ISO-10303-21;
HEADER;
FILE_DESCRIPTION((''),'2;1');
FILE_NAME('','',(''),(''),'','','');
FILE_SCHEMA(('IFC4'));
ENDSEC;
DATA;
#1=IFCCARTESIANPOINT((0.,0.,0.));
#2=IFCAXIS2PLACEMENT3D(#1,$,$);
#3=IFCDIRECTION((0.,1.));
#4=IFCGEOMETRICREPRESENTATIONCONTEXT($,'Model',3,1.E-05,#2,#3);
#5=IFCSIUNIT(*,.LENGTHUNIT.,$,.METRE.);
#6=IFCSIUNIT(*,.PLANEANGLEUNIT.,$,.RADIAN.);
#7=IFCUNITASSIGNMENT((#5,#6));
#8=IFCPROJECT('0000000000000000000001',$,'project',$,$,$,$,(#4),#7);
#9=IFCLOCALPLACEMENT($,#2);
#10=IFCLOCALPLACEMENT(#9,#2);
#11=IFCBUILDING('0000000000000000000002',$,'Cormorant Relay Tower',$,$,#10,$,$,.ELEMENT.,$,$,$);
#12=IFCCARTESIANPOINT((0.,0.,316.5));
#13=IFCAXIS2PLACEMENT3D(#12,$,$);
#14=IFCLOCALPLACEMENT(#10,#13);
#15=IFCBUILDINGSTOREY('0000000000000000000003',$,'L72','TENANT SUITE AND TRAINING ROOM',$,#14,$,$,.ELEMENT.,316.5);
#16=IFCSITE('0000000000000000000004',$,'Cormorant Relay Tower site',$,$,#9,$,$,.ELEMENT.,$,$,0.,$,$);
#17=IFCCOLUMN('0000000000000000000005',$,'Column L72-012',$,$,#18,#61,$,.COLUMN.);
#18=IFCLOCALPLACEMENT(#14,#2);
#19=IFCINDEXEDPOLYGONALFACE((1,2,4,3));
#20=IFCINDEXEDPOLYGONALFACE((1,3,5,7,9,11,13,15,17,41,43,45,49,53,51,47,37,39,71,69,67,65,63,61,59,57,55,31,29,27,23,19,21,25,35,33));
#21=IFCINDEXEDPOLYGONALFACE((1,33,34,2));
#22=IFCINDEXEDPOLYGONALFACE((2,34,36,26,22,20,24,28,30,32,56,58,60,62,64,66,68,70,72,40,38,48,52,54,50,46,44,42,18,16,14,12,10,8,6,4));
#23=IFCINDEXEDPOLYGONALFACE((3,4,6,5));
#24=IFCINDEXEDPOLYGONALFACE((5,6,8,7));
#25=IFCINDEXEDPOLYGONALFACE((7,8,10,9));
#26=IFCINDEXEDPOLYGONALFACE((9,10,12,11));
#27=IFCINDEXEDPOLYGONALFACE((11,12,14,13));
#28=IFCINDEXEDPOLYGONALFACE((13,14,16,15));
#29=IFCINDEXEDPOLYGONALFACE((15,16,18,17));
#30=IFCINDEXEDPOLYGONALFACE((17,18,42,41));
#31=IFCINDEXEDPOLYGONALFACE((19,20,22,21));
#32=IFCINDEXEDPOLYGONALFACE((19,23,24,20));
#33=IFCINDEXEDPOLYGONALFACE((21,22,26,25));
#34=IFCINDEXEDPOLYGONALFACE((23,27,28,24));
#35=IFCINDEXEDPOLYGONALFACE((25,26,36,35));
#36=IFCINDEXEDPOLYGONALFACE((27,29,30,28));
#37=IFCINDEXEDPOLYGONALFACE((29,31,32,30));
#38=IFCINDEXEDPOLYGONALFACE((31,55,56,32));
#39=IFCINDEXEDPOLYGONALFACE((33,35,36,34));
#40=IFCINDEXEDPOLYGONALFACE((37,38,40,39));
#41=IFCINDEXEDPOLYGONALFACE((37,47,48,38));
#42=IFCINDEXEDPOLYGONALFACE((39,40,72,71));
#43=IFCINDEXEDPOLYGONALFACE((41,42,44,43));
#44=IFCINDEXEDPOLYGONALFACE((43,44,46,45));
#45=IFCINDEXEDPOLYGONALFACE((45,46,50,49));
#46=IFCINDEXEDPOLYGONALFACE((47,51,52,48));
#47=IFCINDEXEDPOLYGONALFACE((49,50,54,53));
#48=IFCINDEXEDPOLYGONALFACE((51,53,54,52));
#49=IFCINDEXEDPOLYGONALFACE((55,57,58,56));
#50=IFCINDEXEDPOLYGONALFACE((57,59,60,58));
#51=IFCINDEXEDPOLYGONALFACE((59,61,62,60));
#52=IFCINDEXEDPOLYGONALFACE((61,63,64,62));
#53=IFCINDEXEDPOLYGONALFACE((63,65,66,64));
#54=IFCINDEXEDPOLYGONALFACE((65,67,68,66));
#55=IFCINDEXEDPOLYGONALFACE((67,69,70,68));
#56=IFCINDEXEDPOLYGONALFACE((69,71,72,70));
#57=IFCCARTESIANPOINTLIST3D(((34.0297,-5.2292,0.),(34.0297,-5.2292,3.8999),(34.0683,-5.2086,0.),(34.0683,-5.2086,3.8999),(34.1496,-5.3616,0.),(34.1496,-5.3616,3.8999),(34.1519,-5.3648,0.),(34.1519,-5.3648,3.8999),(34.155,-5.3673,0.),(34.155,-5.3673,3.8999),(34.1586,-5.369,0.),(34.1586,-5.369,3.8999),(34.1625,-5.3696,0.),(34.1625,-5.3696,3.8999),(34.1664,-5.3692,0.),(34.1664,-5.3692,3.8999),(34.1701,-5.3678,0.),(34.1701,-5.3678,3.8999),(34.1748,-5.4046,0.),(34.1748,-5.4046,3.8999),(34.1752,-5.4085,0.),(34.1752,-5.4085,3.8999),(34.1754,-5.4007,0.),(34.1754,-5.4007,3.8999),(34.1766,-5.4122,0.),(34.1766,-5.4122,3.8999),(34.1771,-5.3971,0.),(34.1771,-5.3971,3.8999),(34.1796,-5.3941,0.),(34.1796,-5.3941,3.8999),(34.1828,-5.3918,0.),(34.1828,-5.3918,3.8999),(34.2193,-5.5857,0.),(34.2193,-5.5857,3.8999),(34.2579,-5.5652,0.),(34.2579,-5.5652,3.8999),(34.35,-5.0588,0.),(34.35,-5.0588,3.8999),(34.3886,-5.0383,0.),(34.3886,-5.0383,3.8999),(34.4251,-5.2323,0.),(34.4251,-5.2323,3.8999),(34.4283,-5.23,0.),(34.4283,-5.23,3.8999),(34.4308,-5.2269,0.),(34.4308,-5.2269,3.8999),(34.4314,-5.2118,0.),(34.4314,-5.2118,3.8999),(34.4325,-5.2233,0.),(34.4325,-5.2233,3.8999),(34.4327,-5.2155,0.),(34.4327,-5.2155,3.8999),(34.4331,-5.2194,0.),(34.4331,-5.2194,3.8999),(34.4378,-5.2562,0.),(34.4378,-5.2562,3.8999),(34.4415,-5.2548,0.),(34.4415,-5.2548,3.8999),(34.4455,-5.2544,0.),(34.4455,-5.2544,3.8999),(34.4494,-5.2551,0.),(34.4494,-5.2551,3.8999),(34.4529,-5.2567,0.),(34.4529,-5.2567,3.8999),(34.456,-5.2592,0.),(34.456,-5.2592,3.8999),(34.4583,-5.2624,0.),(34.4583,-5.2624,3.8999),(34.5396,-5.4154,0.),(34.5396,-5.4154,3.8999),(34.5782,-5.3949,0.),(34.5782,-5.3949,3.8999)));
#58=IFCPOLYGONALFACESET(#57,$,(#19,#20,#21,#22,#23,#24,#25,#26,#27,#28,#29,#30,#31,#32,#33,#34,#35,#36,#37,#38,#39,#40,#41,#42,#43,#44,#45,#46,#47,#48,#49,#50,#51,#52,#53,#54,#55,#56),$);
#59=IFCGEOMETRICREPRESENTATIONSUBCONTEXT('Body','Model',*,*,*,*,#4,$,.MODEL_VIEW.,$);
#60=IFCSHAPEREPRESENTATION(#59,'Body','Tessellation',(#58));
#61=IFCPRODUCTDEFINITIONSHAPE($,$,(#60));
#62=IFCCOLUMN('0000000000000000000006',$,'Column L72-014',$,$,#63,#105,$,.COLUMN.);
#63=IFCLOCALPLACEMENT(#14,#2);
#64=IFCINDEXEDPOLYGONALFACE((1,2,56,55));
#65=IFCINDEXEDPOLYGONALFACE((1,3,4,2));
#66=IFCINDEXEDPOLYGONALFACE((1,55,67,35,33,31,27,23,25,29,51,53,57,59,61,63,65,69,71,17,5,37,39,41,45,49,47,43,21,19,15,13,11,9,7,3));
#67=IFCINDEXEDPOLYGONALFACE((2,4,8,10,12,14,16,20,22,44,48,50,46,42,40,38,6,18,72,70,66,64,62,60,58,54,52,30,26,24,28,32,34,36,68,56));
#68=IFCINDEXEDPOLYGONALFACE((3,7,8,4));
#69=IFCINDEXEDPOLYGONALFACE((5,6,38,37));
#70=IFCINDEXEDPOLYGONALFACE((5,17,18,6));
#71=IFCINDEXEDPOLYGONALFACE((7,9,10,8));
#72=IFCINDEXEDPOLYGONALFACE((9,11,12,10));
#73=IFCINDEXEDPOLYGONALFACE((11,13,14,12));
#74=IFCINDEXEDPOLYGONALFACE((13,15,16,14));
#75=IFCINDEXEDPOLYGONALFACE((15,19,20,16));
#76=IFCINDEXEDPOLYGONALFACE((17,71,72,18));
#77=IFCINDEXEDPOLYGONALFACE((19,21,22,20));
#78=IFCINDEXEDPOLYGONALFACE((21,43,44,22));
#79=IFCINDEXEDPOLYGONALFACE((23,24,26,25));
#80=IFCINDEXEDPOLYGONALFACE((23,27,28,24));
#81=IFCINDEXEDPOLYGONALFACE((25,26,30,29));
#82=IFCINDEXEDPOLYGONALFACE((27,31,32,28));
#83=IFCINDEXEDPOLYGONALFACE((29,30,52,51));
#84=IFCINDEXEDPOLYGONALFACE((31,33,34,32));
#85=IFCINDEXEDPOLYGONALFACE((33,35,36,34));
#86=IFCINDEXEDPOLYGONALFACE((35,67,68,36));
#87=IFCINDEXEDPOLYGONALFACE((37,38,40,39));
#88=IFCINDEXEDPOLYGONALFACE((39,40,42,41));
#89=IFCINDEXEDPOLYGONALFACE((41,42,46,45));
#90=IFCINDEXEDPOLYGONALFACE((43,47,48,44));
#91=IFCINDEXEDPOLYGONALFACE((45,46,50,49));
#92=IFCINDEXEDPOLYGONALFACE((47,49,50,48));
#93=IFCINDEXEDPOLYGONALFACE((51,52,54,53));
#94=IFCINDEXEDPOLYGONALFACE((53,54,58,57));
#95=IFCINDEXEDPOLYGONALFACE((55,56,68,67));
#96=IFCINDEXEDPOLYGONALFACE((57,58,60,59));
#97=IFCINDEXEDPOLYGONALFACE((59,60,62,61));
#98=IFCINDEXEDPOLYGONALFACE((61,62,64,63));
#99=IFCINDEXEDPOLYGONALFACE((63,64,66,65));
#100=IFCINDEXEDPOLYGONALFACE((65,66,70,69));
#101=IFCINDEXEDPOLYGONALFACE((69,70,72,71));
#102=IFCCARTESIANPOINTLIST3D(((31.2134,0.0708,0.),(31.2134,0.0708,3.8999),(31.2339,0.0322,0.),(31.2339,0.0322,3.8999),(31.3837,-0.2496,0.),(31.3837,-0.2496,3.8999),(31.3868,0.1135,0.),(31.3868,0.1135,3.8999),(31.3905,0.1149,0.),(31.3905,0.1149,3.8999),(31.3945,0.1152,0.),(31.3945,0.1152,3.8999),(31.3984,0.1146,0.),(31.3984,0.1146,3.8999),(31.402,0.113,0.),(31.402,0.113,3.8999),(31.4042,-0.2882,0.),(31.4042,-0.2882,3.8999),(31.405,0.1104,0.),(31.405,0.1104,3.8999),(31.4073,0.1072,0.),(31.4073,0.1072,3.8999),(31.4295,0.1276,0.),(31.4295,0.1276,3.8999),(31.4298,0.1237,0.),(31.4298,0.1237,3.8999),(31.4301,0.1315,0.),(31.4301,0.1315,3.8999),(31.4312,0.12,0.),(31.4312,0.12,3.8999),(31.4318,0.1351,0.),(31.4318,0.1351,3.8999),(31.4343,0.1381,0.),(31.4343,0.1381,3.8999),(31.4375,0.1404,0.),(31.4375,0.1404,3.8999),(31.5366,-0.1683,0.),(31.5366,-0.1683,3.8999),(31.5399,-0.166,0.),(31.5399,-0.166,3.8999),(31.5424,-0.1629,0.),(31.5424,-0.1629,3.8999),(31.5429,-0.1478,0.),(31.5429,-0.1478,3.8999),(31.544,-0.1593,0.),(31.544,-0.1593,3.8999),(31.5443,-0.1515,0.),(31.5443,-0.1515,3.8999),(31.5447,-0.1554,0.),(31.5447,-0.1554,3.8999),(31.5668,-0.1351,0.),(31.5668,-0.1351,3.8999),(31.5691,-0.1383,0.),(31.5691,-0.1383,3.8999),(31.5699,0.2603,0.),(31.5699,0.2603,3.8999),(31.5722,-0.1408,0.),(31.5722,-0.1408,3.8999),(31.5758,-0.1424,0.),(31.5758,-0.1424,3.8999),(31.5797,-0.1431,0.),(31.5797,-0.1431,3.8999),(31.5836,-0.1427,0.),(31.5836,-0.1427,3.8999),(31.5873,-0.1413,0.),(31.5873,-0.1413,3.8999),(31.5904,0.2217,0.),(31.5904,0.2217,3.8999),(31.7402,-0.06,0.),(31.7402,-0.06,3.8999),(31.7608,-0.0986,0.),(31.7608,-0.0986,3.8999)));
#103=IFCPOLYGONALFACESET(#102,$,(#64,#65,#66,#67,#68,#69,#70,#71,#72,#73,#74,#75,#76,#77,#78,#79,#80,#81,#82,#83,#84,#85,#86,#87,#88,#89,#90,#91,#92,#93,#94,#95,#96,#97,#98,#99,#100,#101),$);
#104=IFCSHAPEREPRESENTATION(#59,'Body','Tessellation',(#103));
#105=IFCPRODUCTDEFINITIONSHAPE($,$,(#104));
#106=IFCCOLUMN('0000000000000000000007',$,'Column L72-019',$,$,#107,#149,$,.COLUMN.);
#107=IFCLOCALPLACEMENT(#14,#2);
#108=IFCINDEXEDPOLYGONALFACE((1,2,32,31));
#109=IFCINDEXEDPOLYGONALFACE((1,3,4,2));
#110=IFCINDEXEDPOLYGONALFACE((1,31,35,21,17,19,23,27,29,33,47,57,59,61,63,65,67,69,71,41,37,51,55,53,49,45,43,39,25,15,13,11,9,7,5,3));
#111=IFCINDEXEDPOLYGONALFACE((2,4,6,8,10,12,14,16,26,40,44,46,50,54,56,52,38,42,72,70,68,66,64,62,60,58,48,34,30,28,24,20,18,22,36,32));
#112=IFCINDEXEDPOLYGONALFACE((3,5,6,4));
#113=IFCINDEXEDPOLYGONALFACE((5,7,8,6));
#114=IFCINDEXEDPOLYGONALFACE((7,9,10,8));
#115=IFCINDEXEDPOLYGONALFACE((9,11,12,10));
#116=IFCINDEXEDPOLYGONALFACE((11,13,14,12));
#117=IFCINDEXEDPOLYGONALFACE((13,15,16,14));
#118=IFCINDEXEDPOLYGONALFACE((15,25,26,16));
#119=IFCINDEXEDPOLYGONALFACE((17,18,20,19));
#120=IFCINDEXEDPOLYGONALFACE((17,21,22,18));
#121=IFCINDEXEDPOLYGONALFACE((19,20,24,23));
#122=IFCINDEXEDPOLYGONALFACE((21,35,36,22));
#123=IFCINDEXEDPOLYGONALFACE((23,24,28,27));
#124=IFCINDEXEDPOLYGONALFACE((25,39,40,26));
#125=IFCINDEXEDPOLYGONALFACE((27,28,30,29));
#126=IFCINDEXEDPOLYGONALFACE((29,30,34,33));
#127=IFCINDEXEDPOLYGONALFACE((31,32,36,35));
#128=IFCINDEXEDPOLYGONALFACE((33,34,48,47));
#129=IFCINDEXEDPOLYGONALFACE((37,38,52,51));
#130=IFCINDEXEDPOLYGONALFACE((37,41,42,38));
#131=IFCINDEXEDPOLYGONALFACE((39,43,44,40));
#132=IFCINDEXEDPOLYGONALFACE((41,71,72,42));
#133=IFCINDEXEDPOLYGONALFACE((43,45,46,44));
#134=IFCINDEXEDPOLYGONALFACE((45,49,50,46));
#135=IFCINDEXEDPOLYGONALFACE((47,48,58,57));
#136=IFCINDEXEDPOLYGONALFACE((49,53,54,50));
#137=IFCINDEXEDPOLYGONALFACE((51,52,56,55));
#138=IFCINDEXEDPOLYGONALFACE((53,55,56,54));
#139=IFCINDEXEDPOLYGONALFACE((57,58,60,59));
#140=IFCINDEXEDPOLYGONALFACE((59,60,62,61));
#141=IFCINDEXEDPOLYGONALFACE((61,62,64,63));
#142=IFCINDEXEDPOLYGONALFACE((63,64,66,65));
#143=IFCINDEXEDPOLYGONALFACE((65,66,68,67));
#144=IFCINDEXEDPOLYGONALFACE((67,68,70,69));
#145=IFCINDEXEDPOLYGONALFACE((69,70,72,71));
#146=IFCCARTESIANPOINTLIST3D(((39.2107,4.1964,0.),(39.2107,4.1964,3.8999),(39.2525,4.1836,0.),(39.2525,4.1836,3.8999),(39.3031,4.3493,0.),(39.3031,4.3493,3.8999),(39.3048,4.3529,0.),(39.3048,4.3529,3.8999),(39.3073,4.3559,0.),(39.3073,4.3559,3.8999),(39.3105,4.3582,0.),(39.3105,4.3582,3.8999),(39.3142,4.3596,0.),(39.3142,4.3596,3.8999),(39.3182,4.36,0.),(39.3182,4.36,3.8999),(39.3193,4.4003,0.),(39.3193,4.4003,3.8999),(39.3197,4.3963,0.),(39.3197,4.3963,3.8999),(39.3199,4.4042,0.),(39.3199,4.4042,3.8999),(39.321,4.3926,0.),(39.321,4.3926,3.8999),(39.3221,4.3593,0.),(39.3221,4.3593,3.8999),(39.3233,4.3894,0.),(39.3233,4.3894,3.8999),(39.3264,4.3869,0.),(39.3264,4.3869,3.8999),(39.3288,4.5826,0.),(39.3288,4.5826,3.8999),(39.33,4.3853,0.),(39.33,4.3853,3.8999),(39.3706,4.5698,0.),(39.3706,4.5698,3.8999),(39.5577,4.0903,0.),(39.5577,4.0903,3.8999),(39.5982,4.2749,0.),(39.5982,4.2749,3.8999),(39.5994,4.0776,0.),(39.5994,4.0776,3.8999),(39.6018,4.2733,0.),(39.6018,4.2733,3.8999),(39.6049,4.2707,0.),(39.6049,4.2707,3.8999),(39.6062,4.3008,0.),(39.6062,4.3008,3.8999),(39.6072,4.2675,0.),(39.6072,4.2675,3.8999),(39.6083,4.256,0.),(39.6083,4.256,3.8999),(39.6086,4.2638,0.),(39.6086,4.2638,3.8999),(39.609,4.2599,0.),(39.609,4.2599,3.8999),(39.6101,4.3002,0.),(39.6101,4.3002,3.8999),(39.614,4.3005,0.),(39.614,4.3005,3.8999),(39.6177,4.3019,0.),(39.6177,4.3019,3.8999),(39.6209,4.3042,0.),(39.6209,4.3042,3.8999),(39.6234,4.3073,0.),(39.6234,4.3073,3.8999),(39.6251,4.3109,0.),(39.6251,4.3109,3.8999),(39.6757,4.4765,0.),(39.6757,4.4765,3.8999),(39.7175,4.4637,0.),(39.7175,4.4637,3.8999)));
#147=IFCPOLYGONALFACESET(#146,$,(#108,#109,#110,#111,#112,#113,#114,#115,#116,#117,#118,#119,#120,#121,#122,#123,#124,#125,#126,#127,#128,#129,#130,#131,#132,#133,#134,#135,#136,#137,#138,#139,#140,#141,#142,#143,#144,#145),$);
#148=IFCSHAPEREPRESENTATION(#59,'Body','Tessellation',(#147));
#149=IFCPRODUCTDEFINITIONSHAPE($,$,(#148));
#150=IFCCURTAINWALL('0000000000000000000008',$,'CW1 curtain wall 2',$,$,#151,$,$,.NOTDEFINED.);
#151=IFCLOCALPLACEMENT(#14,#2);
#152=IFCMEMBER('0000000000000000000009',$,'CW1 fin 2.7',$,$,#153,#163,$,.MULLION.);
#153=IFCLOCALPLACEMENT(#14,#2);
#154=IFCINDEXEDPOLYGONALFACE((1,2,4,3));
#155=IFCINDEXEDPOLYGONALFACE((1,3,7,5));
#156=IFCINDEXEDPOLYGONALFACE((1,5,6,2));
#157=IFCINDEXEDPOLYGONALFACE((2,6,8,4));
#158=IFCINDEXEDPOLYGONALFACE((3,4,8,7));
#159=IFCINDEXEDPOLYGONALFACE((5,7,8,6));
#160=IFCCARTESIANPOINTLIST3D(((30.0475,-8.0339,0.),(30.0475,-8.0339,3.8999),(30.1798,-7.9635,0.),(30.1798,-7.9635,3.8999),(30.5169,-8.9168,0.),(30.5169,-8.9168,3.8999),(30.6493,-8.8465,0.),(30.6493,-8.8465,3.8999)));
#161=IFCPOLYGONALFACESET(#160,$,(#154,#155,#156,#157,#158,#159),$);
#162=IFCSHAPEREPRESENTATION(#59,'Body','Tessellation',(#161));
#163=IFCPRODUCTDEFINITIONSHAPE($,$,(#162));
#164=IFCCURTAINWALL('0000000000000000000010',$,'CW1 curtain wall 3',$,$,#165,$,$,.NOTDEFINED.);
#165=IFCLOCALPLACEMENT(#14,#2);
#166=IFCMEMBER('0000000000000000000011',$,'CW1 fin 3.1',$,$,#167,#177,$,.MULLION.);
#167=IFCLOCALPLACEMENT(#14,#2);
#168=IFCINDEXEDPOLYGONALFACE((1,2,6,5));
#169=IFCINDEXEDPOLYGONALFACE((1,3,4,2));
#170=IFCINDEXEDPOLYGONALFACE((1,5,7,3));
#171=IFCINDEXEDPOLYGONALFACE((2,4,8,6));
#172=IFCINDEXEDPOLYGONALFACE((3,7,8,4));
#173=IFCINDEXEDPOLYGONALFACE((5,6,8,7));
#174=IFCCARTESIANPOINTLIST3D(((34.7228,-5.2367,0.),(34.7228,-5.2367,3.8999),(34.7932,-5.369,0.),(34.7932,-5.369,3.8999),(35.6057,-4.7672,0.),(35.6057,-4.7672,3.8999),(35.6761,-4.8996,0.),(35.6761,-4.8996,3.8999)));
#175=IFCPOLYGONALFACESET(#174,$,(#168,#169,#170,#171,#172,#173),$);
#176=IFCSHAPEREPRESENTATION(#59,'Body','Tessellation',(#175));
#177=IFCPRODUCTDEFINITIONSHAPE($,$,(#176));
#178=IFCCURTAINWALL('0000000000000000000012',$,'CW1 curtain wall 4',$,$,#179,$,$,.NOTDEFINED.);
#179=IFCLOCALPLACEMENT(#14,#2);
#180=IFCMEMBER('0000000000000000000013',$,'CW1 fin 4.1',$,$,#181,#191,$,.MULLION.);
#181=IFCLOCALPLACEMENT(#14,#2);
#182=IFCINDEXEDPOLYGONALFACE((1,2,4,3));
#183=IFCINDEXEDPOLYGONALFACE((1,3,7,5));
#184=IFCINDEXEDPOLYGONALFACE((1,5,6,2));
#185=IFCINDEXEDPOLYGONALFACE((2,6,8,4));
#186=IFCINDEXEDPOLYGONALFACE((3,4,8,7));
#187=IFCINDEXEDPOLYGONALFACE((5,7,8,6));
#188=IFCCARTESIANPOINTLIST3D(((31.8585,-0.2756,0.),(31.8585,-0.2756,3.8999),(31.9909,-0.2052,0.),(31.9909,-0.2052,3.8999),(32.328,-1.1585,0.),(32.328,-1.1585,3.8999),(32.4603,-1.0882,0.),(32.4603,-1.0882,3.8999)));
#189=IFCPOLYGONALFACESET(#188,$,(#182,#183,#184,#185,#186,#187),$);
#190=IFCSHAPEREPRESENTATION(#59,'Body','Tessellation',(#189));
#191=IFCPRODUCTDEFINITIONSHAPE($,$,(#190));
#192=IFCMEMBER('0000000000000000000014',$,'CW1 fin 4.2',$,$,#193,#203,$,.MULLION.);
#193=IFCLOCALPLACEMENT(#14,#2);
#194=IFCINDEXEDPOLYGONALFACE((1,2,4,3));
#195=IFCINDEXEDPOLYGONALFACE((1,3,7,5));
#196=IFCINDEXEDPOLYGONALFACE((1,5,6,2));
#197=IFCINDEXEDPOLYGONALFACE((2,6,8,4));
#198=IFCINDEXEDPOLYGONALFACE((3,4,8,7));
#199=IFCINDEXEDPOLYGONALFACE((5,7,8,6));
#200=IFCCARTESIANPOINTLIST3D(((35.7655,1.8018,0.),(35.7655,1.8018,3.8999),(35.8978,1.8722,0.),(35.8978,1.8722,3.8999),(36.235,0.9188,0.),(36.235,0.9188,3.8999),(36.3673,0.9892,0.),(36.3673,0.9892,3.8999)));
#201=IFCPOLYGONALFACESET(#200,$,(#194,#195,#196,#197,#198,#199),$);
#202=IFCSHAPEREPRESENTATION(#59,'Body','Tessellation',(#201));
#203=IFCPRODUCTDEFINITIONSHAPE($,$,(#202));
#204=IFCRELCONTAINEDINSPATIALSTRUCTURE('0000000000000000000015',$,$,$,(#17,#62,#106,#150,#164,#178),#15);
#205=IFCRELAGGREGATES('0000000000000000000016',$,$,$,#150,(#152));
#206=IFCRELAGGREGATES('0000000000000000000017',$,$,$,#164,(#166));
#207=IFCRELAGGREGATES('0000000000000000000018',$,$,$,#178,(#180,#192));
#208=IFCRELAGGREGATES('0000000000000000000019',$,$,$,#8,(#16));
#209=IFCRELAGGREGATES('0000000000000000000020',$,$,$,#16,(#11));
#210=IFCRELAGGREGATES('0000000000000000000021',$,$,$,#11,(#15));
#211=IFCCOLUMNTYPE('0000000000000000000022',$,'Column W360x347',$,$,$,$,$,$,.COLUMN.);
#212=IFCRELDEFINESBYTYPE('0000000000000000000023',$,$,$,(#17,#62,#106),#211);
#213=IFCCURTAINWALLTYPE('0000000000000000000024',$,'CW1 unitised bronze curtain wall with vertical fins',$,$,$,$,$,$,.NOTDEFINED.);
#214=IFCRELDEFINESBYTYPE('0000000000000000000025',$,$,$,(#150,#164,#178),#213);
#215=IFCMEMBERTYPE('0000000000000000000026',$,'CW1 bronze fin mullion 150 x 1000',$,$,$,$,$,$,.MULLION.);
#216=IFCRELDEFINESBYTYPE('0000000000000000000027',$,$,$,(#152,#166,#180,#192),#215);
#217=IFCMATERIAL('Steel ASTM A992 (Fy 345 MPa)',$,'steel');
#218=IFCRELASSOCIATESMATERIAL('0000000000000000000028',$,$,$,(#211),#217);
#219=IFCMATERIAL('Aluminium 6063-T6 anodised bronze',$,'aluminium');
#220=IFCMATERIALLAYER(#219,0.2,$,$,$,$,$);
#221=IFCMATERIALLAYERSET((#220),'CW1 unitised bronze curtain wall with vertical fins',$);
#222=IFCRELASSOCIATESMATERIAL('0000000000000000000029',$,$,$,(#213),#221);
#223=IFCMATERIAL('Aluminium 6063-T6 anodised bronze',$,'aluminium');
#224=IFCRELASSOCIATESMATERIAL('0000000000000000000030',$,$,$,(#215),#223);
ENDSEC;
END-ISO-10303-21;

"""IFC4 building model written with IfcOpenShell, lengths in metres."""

from ifc_helpers import new_model, si_unit, direction, frame, origin, origin_2d, place, context, subcontext, project, spatial, rectangle, i_section, extrude, material, layer, layer_set, material_profile, profile_set, type_object, element, aggregate, save


model = new_model("IFC4")

# Units and contexts
model_context = context("Model", 3, precision=1e-05, world=origin(), true_north=direction((0.0, 1.0)))
body_context = subcontext(model_context, "Body", "Model", "MODEL_VIEW")
ifc_project = project(units=[si_unit("LENGTHUNIT", "METRE"), si_unit("PLANEANGLEUNIT", "RADIAN")], contexts=[model_context])

# Site, building, storey
site_placement = place(None, origin())
site = spatial("IfcSite", under=ifc_project, at=site_placement, Name="Cormorant Relay Tower site", CompositionType="ELEMENT", RefElevation=0.0)
building_placement = place(site_placement, origin())
building = spatial("IfcBuilding", under=site, at=building_placement, Name="Cormorant Relay Tower", CompositionType="ELEMENT")
storey_placement = place(building_placement, frame((0.0, 0.0, 316.5)))
storey = spatial("IfcBuildingStorey", under=building, at=storey_placement, Name="L72", Description="TENANT SUITE AND TRAINING ROOM", CompositionType="ELEMENT", Elevation=316.5)

# Columns
ifc_material_1 = material(Name="Steel ASTM A992 (Fy 345 MPa)", Category="steel")
ifc_material_profile_1 = material_profile(ifc_material_1, i_section(OverallWidth=0.4038, OverallDepth=0.4065, WebThickness=0.0271, FlangeThickness=0.0437, FilletRadius=0.0151, at=origin_2d()), Name="W360x347")
ifc_profile_set_1 = profile_set([ifc_material_profile_1], Name="Steel ASTM A992 (Fy 345 MPa)")
column_type = type_object("IfcColumnType", Name="Column W360x347", PredefinedType="COLUMN", material=ifc_profile_set_1)
for number, where, z_axis, x_axis, name in (
    (1, (34.304, -5.312, 0.0), (0.0, 0.0, 1.0), (-0.469472, 0.882948, 0.0), "Column L72-012"),
    (2, (31.4871, -0.0139, 0.0), (0.0, 0.0, 1.0), (0.882948, 0.469472, 0.0), "Column L72-014"),
    (3, (39.4641, 4.3301, 0.0), (0.0, 0.0, 1.0), (0.292372, 0.956305, 0.0), "Column L72-019"),
):
    element("IfcColumn", number, at=place(storey_placement, frame(where, z_axis=z_axis, x_axis=x_axis)), inside=storey, type_object=column_type, Name=name, PredefinedType="COLUMN", context=body_context, shape_type="SweptSolid", body=[
        extrude(i_section(OverallWidth=0.4038, OverallDepth=0.4065, WebThickness=0.0271, FlangeThickness=0.0437, FilletRadius=0.0151, at=origin_2d()), origin(), (0.0, 0.0, 1.0), 3.8999),
    ])

# Curtain walls, members
ifc_material_2 = material(Name="Aluminium 6063-T6 anodised bronze", Category="aluminium")
ifc_layer_1 = layer(ifc_material_2, 0.2)
ifc_layer_set_1 = layer_set([ifc_layer_1], Name="CW1 unitised bronze curtain wall with vertical fins")
curtain_wall_type = type_object("IfcCurtainWallType", Name="CW1 unitised bronze curtain wall with vertical fins", PredefinedType="NOTDEFINED", material=ifc_layer_set_1)
curtain_wall_1_placement = place(storey_placement, origin())
curtain_wall_1 = element("IfcCurtainWall", 4, at=curtain_wall_1_placement, inside=storey, type_object=curtain_wall_type, Name="CW1 curtain wall 2", PredefinedType="NOTDEFINED")
ifc_material_3 = material(Name="Aluminium 6063-T6 anodised bronze", Category="aluminium")
ifc_material_profile_2 = material_profile(ifc_material_3, rectangle(XDim=0.1499, YDim=1.0, at=origin_2d()), Name="AL 150x1000")
ifc_profile_set_2 = profile_set([ifc_material_profile_2], Name="Aluminium 6063-T6 anodised bronze")
member_type_1 = type_object("IfcMemberType", Name="CW1 bronze fin mullion 150 x 1000", PredefinedType="MULLION", material=ifc_profile_set_2)
member_1_placement = place(storey_placement, frame((30.3484, -8.4402, 0.0), z_axis=(0.0, 0.0, 1.0), x_axis=(0.882948, 0.469472, 0.0)))
member_1 = element("IfcMember", 5, at=member_1_placement, type_object=member_type_1, Name="CW1 fin 2.7", PredefinedType="MULLION", context=body_context, shape_type="SweptSolid", body=[
    extrude(rectangle(XDim=0.1499, YDim=1.0, at=origin_2d()), origin(), (0.0, 0.0, 1.0), 3.8999),
])
curtain_wall_2_placement = place(storey_placement, origin())
curtain_wall_2 = element("IfcCurtainWall", 6, at=curtain_wall_2_placement, inside=storey, type_object=curtain_wall_type, Name="CW1 curtain wall 3", PredefinedType="NOTDEFINED")
member_2_placement = place(storey_placement, frame((35.1995, -5.0681, 0.0), z_axis=(0.0, 0.0, 1.0), x_axis=(-0.469472, 0.882948, 0.0)))
member_2 = element("IfcMember", 7, at=member_2_placement, type_object=member_type_1, Name="CW1 fin 3.1", PredefinedType="MULLION", context=body_context, shape_type="SweptSolid", body=[
    extrude(rectangle(XDim=0.1499, YDim=1.0, at=origin_2d()), origin(), (0.0, 0.0, 1.0), 3.8999),
])

# Curtain wall, members
curtain_wall_3_placement = place(storey_placement, origin())
curtain_wall_3 = element("IfcCurtainWall", 8, at=curtain_wall_3_placement, inside=storey, type_object=curtain_wall_type, Name="CW1 curtain wall 4", PredefinedType="NOTDEFINED")
member_3_placement = place(storey_placement, frame((32.1594, -0.6819, 0.0), z_axis=(0.0, 0.0, 1.0), x_axis=(0.882948, 0.469472, 0.0)))
member_3 = element("IfcMember", 9, at=member_3_placement, type_object=member_type_1, Name="CW1 fin 4.1", PredefinedType="MULLION", context=body_context, shape_type="SweptSolid", body=[
    extrude(rectangle(XDim=0.1499, YDim=1.0, at=origin_2d()), origin(), (0.0, 0.0, 1.0), 3.8999),
])
member_4_placement = place(storey_placement, frame((36.0664, 1.3955, 0.0), z_axis=(0.0, 0.0, 1.0), x_axis=(0.882948, 0.469472, 0.0)))
member_4 = element("IfcMember", 10, at=member_4_placement, type_object=member_type_1, Name="CW1 fin 4.2", PredefinedType="MULLION", context=body_context, shape_type="SweptSolid", body=[
    extrude(rectangle(XDim=0.1499, YDim=1.0, at=origin_2d()), origin(), (0.0, 0.0, 1.0), 3.8999),
])

aggregate(curtain_wall_1, [member_1])
aggregate(curtain_wall_2, [member_2])
aggregate(curtain_wall_3, [member_3, member_4])

save(model, "model.ifc")
